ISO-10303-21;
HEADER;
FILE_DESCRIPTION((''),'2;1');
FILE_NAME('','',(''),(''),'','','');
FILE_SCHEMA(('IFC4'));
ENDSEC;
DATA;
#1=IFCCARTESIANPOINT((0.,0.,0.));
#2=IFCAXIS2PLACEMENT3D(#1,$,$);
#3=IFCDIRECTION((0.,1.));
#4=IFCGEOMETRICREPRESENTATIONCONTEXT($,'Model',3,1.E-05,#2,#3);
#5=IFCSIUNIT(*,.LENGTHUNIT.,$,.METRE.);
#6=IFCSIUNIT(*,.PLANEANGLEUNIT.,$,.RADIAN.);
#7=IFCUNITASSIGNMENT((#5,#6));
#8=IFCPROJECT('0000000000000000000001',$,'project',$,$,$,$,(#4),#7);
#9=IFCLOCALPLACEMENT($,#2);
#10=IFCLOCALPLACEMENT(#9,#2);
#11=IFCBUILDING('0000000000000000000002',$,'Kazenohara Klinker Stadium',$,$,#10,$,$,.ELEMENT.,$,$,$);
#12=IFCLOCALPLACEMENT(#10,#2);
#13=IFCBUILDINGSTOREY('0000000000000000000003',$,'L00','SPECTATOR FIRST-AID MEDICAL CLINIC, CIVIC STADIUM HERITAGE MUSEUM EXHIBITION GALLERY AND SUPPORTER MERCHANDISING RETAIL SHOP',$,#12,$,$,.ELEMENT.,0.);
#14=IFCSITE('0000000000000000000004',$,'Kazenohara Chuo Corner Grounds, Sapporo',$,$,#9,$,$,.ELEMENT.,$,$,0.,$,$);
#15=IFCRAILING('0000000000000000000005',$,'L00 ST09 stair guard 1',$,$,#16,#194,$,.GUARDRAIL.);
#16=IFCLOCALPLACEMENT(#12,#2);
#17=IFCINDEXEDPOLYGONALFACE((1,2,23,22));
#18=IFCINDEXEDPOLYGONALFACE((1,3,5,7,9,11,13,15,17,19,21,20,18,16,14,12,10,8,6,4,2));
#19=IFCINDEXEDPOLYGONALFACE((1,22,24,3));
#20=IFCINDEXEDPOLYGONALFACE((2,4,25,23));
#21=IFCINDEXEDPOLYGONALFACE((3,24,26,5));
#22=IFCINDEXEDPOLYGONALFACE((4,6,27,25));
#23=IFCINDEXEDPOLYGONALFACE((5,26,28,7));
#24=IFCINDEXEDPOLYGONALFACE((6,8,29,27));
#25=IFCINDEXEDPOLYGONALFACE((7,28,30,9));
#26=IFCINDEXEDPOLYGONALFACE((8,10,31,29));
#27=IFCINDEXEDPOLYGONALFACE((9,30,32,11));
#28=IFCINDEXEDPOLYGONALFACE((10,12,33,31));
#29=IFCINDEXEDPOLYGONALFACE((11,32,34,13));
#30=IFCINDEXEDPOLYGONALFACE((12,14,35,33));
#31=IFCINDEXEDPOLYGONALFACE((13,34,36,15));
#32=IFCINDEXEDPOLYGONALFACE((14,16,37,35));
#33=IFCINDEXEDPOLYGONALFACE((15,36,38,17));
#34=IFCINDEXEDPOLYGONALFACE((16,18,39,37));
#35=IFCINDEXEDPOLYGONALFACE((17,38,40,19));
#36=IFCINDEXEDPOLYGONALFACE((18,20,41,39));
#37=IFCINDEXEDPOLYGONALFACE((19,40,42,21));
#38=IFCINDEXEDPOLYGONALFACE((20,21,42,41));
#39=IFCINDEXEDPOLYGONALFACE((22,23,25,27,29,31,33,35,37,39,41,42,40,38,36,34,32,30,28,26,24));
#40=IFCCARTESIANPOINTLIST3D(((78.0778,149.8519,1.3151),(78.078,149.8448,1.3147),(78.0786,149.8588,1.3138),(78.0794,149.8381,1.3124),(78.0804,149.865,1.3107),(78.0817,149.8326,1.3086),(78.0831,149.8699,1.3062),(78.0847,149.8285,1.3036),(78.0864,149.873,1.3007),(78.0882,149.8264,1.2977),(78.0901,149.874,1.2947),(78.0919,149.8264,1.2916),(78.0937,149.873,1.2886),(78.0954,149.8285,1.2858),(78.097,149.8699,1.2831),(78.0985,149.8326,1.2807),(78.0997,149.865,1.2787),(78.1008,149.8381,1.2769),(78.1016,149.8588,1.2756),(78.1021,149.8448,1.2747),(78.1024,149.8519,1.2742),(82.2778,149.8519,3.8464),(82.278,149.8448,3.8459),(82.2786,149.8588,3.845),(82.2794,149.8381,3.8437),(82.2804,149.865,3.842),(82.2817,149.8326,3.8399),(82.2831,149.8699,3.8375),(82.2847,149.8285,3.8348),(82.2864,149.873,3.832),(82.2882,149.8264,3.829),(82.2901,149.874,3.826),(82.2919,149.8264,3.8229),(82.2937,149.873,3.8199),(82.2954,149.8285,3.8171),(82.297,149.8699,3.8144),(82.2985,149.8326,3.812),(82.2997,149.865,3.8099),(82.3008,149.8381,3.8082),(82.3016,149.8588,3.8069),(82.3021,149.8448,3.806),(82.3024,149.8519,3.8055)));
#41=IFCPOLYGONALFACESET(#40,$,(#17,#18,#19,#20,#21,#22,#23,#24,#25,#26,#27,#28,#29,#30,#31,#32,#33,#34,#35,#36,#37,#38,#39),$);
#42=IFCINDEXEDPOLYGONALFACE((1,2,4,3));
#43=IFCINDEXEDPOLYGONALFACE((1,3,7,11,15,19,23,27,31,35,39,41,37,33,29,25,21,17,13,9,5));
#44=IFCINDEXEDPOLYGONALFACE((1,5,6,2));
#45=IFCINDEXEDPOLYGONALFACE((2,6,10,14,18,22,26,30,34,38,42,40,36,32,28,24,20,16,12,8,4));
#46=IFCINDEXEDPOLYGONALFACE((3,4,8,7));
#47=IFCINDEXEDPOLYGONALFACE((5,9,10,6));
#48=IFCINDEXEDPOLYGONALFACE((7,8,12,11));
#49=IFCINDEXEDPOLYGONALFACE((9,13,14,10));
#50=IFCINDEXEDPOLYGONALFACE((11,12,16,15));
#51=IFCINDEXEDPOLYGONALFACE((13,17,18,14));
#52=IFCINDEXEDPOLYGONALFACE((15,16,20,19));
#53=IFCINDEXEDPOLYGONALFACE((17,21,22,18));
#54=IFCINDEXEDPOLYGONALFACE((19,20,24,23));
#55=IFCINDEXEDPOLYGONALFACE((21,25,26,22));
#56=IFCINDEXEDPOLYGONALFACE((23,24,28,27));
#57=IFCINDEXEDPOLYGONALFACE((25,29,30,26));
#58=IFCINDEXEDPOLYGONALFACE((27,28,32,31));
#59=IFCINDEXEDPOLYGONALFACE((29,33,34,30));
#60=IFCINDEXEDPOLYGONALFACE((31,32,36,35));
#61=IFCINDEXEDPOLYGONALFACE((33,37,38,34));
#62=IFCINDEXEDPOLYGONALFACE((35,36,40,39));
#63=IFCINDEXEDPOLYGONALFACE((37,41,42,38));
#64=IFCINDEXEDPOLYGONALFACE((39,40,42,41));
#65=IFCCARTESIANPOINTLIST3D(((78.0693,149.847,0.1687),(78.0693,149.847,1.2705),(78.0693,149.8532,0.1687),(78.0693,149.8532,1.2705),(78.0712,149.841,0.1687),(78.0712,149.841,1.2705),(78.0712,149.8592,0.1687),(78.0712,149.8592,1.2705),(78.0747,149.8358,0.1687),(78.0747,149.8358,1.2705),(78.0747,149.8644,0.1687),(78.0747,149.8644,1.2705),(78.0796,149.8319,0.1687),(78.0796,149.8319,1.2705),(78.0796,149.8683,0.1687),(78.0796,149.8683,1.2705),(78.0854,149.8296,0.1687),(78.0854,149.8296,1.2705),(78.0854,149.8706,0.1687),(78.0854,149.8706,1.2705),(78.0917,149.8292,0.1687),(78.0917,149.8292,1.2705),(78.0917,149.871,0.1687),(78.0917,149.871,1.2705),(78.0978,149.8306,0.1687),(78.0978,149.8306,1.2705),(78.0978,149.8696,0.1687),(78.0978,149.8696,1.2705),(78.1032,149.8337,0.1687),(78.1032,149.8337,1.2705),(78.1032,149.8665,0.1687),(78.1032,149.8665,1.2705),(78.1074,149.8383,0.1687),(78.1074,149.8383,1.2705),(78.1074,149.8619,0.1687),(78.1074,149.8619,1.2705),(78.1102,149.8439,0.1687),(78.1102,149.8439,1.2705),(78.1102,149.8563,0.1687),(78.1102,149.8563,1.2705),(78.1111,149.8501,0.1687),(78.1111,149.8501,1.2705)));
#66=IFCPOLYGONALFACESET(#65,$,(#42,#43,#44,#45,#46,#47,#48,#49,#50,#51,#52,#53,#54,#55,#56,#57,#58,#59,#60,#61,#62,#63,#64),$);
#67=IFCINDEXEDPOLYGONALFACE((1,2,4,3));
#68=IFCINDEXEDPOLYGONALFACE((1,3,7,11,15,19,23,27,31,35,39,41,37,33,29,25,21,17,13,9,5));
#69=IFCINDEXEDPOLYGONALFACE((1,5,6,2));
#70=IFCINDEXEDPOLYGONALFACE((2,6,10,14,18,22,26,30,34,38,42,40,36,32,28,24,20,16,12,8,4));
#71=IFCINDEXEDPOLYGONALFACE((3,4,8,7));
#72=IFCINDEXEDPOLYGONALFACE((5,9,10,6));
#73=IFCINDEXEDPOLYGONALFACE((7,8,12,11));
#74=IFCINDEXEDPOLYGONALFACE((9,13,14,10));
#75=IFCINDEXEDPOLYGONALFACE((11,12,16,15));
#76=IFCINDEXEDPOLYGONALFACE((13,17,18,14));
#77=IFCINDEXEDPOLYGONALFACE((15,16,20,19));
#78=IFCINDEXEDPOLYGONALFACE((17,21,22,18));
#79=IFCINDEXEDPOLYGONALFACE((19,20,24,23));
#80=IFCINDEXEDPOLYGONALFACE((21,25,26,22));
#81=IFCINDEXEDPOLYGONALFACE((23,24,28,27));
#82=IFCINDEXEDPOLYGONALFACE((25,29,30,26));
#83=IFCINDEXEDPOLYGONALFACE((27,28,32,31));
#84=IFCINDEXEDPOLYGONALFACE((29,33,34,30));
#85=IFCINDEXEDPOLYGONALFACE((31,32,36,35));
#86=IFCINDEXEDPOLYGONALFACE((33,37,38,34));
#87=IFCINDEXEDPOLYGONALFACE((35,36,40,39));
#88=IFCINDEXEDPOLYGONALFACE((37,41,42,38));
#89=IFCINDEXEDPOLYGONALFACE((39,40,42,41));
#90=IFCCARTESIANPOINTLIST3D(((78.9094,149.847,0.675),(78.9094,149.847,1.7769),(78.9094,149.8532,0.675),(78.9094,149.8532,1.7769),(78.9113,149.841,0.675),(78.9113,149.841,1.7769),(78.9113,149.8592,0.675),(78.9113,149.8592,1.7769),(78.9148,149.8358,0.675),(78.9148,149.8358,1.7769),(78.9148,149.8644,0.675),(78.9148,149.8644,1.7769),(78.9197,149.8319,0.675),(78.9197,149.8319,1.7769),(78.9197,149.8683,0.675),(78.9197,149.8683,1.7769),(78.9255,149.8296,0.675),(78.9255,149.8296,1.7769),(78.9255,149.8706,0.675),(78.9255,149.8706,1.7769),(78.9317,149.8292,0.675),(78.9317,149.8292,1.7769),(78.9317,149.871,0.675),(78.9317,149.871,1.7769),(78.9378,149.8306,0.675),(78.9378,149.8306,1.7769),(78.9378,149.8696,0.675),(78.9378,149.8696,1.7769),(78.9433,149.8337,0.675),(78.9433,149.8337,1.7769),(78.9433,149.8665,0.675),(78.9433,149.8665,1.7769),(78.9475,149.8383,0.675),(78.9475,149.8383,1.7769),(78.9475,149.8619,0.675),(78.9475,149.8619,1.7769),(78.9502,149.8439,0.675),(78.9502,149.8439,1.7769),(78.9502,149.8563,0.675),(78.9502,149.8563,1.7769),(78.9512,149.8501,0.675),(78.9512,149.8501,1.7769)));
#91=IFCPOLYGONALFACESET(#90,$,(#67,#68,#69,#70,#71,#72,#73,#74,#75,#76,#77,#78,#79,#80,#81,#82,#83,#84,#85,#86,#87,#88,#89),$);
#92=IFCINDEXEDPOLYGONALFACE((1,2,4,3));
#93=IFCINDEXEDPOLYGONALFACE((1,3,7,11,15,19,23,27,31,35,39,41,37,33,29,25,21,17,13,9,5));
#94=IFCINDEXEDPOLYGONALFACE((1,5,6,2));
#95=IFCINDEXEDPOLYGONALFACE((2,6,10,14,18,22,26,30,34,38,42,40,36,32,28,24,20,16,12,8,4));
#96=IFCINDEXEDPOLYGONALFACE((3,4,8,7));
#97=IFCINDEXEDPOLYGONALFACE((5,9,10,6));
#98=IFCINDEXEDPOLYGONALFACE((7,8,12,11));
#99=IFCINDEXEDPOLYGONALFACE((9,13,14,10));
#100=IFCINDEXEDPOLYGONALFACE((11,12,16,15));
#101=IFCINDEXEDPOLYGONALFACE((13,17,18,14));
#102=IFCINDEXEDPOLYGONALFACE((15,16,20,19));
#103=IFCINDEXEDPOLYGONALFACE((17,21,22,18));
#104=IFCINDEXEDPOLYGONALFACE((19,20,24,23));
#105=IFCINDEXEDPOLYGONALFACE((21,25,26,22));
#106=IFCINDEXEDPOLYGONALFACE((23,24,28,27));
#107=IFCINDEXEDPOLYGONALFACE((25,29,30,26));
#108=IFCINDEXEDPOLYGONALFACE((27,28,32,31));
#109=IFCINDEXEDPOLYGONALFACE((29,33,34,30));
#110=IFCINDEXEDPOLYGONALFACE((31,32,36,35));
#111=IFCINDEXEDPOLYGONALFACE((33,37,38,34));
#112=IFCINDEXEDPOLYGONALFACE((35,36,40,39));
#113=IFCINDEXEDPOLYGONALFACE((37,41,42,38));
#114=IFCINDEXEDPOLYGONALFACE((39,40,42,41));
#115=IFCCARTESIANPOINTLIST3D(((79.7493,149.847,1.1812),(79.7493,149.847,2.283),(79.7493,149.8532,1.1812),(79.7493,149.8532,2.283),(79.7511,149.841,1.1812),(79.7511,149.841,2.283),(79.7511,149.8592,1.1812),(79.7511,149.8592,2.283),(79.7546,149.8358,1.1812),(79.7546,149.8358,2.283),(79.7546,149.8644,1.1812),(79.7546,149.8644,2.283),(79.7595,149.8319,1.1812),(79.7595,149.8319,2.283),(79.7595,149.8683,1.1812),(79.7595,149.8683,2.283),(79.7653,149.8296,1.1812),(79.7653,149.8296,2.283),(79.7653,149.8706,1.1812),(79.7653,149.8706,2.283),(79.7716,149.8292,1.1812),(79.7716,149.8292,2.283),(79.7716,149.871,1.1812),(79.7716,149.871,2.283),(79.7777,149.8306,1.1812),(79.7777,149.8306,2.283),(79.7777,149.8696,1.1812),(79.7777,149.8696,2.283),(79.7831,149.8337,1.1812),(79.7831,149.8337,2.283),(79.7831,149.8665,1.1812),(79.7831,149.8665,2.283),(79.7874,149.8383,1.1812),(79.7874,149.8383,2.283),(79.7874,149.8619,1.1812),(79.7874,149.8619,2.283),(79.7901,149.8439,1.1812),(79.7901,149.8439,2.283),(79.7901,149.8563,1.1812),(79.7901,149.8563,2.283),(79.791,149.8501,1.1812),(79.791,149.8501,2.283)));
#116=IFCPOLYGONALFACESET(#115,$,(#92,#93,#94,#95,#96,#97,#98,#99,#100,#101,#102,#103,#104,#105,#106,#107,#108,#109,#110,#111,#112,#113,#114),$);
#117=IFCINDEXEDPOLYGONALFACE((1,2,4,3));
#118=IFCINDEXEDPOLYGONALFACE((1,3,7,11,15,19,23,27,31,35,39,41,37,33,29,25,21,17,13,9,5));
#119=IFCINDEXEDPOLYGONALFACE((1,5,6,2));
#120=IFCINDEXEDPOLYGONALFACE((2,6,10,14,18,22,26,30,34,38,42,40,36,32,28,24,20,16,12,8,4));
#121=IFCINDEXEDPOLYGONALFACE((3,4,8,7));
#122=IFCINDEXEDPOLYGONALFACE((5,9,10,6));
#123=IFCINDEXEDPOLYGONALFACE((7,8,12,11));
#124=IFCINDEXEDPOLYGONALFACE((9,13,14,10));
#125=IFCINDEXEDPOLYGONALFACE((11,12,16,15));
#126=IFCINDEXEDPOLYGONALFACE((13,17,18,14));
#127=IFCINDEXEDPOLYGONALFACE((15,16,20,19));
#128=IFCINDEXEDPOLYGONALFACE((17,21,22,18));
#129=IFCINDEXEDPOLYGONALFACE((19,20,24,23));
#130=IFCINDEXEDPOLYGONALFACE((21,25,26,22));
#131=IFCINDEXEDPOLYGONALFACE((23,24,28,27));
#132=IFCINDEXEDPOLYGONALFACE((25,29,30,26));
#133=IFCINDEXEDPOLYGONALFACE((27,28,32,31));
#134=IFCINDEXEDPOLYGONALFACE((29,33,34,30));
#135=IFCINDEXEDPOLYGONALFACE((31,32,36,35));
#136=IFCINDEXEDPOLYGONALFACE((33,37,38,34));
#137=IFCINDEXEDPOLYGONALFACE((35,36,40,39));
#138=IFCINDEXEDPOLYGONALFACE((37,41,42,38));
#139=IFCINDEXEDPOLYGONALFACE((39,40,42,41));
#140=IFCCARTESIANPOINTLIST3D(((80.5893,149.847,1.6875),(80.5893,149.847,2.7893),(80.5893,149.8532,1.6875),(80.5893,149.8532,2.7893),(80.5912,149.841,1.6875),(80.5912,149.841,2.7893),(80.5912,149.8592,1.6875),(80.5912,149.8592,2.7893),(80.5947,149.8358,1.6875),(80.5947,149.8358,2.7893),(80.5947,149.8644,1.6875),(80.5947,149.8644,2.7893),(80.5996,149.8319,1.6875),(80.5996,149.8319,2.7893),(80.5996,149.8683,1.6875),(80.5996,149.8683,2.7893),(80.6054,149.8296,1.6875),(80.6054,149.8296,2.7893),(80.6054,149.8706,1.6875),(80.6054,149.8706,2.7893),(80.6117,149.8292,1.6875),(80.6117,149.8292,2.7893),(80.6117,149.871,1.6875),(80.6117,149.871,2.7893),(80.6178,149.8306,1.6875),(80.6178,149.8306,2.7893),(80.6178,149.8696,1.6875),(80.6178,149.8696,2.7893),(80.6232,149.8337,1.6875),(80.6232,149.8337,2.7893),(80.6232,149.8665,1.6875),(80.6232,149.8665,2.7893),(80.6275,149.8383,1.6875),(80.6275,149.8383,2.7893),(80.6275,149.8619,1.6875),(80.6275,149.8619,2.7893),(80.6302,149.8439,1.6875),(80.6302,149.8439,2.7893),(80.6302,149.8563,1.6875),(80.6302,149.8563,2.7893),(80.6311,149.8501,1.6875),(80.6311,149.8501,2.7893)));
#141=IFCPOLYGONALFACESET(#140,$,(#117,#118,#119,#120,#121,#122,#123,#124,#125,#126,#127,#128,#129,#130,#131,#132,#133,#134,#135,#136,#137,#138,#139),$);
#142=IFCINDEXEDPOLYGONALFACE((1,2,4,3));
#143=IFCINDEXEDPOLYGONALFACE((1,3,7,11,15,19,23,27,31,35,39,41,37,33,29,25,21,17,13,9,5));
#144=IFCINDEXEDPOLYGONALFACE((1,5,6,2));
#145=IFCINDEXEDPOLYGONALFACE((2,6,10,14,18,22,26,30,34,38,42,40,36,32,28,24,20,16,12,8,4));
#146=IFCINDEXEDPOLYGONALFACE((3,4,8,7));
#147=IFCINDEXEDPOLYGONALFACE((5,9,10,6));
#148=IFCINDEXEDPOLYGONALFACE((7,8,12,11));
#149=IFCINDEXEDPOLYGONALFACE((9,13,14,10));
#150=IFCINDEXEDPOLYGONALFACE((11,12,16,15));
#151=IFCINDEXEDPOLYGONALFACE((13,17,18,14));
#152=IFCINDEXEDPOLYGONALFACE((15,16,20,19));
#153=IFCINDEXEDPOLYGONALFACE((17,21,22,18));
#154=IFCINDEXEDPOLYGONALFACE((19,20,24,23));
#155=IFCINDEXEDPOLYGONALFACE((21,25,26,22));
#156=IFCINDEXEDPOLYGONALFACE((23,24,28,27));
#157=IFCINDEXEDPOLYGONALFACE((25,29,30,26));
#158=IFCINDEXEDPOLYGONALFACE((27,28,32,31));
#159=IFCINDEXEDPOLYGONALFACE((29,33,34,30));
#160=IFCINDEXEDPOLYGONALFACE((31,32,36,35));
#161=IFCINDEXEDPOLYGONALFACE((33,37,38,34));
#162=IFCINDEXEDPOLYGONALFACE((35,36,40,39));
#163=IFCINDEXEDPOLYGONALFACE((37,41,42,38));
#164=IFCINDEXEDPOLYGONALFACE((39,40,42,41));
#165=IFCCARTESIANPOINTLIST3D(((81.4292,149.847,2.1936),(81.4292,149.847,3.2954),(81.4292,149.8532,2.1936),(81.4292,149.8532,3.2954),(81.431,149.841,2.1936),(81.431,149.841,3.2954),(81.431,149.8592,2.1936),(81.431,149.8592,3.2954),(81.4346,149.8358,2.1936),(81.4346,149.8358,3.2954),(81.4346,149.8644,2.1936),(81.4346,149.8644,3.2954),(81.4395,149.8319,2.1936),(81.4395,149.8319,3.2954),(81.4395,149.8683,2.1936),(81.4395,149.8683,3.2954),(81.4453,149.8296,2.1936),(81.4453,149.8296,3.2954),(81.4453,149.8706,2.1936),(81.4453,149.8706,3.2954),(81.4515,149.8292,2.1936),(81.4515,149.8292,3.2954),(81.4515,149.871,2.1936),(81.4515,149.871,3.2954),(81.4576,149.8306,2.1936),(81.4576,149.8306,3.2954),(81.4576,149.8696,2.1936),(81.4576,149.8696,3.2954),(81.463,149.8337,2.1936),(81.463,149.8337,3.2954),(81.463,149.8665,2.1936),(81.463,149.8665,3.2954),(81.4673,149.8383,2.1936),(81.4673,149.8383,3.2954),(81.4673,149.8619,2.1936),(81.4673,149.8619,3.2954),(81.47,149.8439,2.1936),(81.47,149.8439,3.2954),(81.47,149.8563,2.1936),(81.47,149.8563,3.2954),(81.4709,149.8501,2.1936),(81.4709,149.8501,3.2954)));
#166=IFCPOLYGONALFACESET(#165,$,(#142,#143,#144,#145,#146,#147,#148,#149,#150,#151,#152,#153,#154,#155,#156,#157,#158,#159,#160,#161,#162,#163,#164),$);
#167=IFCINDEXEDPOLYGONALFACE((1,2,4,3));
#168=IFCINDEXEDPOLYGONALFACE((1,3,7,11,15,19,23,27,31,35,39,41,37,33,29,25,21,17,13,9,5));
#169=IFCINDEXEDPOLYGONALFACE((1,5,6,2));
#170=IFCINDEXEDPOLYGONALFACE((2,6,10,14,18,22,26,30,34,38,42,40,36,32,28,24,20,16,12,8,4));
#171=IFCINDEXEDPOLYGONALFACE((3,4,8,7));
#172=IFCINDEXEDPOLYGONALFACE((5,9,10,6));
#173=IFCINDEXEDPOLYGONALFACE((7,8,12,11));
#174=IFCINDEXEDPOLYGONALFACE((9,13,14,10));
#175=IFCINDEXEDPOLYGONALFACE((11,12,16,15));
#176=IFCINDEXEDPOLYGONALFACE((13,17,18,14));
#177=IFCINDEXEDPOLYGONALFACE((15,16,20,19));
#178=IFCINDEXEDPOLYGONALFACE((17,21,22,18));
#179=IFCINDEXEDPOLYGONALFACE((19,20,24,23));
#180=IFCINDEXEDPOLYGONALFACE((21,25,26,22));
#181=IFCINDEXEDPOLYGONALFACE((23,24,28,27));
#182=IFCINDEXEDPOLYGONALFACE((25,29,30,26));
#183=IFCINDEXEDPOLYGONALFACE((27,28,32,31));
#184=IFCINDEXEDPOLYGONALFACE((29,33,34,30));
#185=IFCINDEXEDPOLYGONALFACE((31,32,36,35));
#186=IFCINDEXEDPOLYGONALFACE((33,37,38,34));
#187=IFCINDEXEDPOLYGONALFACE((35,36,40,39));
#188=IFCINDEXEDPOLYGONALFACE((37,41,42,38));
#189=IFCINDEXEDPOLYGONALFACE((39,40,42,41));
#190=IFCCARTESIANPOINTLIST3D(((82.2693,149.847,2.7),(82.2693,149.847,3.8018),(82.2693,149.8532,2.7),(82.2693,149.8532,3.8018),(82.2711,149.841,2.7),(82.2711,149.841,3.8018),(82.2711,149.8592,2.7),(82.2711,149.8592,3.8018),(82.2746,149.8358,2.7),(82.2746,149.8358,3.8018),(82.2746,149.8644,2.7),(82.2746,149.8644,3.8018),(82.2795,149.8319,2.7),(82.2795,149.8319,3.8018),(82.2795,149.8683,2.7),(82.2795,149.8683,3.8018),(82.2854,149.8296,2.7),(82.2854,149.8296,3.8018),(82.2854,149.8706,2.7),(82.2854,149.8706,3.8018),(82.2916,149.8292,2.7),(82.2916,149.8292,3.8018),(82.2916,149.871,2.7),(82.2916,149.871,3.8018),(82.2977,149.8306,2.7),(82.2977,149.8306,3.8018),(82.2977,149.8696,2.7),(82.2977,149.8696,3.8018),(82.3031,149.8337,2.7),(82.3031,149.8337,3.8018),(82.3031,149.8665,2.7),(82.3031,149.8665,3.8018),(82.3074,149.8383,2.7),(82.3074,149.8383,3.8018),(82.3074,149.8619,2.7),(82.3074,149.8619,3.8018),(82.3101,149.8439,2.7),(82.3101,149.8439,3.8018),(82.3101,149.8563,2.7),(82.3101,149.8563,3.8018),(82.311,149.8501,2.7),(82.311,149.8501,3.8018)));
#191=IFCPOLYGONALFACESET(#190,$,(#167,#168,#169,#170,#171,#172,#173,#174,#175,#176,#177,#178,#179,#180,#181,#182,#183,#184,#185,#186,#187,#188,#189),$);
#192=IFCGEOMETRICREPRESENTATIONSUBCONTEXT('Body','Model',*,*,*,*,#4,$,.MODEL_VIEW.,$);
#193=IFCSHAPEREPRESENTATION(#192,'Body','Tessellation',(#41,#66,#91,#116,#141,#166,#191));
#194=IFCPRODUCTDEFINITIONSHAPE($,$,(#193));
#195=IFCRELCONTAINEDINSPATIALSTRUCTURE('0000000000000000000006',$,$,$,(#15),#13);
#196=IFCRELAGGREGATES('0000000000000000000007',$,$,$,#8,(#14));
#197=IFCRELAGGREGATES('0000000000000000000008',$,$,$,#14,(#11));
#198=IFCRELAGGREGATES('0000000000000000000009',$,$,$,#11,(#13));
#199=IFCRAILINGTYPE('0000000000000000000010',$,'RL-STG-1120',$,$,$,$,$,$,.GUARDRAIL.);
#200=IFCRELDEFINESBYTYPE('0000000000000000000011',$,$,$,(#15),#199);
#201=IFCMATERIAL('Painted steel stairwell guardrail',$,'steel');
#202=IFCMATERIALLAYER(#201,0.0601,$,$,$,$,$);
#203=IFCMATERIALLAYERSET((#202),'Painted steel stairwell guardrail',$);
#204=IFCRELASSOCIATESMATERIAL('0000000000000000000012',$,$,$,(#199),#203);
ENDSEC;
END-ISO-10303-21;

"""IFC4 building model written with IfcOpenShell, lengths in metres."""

from ifc_helpers import new_model, si_unit, direction, frame, origin, origin_2d, place, context, subcontext, project, spatial, circle, extrude, material, layer, layer_set, type_object, element, save


model = new_model("IFC4")

# Units and contexts
model_context = context("Model", 3, precision=1e-05, world=origin(), true_north=direction((0.0, 1.0)))
body_context = subcontext(model_context, "Body", "Model", "MODEL_VIEW")
ifc_project = project(units=[si_unit("LENGTHUNIT", "METRE"), si_unit("PLANEANGLEUNIT", "RADIAN")], contexts=[model_context])

# Site, building, storey
site_placement = place(None, origin())
site = spatial("IfcSite", under=ifc_project, at=site_placement, Name="Kazenohara Chuo Corner Grounds, Sapporo", CompositionType="ELEMENT", RefElevation=0.0)
building_placement = place(site_placement, origin())
building = spatial("IfcBuilding", under=site, at=building_placement, Name="Kazenohara Klinker Stadium", CompositionType="ELEMENT")
storey_placement = place(building_placement, origin())
storey = spatial("IfcBuildingStorey", under=building, at=storey_placement, Name="L00", Description="SPECTATOR FIRST-AID MEDICAL CLINIC, CIVIC STADIUM HERITAGE MUSEUM EXHIBITION GALLERY AND SUPPORTER MERCHANDISING RETAIL SHOP", CompositionType="ELEMENT", Elevation=0.0)

# Railing
ifc_material_1 = material(Name="Painted steel stairwell guardrail", Category="steel")
ifc_layer_1 = layer(ifc_material_1, 0.0601)
ifc_layer_set_1 = layer_set([ifc_layer_1], Name="Painted steel stairwell guardrail")
railing_type_1 = type_object("IfcRailingType", Name="RL-STG-1120", PredefinedType="GUARDRAIL", material=ifc_layer_set_1)
railing_1_placement = place(storey_placement, frame((78.0901, 149.8501, 0.1687)))
element("IfcRailing", 1, at=railing_1_placement, inside=storey, type_object=railing_type_1, Name="L00 ST09 stair guard 1", PredefinedType="GUARDRAIL", context=body_context, shape_type="SweptSolid", body=[
    extrude(circle(Radius=0.0239, at=origin_2d()), frame((0.0, 0.0, 1.126), z_axis=(0.856476, 0.0, 0.516186), x_axis=(0.0, 1.0, 0.0)), (0.0, 0.0, 1.0), 4.9038),
    extrude(circle(Radius=0.021, at=origin_2d()), origin(), (0.0, 0.0, 1.0), 1.1018),
    extrude(circle(Radius=0.021, at=origin_2d()), frame((0.8401, 0.0, 0.5063)), (0.0, 0.0, 1.0), 1.1018),
    extrude(circle(Radius=0.021, at=origin_2d()), frame((1.6799, 0.0, 1.0125)), (0.0, 0.0, 1.0), 1.1018),
    extrude(circle(Radius=0.021, at=origin_2d()), frame((2.52, 0.0, 1.5188)), (0.0, 0.0, 1.0), 1.1018),
    extrude(circle(Radius=0.021, at=origin_2d()), frame((3.3599, 0.0, 2.0249)), (0.0, 0.0, 1.0), 1.1018),
    extrude(circle(Radius=0.021, at=origin_2d()), frame((4.2, 0.0, 2.5312)), (0.0, 0.0, 1.0), 1.1018),
])

save(model, "model.ifc")
